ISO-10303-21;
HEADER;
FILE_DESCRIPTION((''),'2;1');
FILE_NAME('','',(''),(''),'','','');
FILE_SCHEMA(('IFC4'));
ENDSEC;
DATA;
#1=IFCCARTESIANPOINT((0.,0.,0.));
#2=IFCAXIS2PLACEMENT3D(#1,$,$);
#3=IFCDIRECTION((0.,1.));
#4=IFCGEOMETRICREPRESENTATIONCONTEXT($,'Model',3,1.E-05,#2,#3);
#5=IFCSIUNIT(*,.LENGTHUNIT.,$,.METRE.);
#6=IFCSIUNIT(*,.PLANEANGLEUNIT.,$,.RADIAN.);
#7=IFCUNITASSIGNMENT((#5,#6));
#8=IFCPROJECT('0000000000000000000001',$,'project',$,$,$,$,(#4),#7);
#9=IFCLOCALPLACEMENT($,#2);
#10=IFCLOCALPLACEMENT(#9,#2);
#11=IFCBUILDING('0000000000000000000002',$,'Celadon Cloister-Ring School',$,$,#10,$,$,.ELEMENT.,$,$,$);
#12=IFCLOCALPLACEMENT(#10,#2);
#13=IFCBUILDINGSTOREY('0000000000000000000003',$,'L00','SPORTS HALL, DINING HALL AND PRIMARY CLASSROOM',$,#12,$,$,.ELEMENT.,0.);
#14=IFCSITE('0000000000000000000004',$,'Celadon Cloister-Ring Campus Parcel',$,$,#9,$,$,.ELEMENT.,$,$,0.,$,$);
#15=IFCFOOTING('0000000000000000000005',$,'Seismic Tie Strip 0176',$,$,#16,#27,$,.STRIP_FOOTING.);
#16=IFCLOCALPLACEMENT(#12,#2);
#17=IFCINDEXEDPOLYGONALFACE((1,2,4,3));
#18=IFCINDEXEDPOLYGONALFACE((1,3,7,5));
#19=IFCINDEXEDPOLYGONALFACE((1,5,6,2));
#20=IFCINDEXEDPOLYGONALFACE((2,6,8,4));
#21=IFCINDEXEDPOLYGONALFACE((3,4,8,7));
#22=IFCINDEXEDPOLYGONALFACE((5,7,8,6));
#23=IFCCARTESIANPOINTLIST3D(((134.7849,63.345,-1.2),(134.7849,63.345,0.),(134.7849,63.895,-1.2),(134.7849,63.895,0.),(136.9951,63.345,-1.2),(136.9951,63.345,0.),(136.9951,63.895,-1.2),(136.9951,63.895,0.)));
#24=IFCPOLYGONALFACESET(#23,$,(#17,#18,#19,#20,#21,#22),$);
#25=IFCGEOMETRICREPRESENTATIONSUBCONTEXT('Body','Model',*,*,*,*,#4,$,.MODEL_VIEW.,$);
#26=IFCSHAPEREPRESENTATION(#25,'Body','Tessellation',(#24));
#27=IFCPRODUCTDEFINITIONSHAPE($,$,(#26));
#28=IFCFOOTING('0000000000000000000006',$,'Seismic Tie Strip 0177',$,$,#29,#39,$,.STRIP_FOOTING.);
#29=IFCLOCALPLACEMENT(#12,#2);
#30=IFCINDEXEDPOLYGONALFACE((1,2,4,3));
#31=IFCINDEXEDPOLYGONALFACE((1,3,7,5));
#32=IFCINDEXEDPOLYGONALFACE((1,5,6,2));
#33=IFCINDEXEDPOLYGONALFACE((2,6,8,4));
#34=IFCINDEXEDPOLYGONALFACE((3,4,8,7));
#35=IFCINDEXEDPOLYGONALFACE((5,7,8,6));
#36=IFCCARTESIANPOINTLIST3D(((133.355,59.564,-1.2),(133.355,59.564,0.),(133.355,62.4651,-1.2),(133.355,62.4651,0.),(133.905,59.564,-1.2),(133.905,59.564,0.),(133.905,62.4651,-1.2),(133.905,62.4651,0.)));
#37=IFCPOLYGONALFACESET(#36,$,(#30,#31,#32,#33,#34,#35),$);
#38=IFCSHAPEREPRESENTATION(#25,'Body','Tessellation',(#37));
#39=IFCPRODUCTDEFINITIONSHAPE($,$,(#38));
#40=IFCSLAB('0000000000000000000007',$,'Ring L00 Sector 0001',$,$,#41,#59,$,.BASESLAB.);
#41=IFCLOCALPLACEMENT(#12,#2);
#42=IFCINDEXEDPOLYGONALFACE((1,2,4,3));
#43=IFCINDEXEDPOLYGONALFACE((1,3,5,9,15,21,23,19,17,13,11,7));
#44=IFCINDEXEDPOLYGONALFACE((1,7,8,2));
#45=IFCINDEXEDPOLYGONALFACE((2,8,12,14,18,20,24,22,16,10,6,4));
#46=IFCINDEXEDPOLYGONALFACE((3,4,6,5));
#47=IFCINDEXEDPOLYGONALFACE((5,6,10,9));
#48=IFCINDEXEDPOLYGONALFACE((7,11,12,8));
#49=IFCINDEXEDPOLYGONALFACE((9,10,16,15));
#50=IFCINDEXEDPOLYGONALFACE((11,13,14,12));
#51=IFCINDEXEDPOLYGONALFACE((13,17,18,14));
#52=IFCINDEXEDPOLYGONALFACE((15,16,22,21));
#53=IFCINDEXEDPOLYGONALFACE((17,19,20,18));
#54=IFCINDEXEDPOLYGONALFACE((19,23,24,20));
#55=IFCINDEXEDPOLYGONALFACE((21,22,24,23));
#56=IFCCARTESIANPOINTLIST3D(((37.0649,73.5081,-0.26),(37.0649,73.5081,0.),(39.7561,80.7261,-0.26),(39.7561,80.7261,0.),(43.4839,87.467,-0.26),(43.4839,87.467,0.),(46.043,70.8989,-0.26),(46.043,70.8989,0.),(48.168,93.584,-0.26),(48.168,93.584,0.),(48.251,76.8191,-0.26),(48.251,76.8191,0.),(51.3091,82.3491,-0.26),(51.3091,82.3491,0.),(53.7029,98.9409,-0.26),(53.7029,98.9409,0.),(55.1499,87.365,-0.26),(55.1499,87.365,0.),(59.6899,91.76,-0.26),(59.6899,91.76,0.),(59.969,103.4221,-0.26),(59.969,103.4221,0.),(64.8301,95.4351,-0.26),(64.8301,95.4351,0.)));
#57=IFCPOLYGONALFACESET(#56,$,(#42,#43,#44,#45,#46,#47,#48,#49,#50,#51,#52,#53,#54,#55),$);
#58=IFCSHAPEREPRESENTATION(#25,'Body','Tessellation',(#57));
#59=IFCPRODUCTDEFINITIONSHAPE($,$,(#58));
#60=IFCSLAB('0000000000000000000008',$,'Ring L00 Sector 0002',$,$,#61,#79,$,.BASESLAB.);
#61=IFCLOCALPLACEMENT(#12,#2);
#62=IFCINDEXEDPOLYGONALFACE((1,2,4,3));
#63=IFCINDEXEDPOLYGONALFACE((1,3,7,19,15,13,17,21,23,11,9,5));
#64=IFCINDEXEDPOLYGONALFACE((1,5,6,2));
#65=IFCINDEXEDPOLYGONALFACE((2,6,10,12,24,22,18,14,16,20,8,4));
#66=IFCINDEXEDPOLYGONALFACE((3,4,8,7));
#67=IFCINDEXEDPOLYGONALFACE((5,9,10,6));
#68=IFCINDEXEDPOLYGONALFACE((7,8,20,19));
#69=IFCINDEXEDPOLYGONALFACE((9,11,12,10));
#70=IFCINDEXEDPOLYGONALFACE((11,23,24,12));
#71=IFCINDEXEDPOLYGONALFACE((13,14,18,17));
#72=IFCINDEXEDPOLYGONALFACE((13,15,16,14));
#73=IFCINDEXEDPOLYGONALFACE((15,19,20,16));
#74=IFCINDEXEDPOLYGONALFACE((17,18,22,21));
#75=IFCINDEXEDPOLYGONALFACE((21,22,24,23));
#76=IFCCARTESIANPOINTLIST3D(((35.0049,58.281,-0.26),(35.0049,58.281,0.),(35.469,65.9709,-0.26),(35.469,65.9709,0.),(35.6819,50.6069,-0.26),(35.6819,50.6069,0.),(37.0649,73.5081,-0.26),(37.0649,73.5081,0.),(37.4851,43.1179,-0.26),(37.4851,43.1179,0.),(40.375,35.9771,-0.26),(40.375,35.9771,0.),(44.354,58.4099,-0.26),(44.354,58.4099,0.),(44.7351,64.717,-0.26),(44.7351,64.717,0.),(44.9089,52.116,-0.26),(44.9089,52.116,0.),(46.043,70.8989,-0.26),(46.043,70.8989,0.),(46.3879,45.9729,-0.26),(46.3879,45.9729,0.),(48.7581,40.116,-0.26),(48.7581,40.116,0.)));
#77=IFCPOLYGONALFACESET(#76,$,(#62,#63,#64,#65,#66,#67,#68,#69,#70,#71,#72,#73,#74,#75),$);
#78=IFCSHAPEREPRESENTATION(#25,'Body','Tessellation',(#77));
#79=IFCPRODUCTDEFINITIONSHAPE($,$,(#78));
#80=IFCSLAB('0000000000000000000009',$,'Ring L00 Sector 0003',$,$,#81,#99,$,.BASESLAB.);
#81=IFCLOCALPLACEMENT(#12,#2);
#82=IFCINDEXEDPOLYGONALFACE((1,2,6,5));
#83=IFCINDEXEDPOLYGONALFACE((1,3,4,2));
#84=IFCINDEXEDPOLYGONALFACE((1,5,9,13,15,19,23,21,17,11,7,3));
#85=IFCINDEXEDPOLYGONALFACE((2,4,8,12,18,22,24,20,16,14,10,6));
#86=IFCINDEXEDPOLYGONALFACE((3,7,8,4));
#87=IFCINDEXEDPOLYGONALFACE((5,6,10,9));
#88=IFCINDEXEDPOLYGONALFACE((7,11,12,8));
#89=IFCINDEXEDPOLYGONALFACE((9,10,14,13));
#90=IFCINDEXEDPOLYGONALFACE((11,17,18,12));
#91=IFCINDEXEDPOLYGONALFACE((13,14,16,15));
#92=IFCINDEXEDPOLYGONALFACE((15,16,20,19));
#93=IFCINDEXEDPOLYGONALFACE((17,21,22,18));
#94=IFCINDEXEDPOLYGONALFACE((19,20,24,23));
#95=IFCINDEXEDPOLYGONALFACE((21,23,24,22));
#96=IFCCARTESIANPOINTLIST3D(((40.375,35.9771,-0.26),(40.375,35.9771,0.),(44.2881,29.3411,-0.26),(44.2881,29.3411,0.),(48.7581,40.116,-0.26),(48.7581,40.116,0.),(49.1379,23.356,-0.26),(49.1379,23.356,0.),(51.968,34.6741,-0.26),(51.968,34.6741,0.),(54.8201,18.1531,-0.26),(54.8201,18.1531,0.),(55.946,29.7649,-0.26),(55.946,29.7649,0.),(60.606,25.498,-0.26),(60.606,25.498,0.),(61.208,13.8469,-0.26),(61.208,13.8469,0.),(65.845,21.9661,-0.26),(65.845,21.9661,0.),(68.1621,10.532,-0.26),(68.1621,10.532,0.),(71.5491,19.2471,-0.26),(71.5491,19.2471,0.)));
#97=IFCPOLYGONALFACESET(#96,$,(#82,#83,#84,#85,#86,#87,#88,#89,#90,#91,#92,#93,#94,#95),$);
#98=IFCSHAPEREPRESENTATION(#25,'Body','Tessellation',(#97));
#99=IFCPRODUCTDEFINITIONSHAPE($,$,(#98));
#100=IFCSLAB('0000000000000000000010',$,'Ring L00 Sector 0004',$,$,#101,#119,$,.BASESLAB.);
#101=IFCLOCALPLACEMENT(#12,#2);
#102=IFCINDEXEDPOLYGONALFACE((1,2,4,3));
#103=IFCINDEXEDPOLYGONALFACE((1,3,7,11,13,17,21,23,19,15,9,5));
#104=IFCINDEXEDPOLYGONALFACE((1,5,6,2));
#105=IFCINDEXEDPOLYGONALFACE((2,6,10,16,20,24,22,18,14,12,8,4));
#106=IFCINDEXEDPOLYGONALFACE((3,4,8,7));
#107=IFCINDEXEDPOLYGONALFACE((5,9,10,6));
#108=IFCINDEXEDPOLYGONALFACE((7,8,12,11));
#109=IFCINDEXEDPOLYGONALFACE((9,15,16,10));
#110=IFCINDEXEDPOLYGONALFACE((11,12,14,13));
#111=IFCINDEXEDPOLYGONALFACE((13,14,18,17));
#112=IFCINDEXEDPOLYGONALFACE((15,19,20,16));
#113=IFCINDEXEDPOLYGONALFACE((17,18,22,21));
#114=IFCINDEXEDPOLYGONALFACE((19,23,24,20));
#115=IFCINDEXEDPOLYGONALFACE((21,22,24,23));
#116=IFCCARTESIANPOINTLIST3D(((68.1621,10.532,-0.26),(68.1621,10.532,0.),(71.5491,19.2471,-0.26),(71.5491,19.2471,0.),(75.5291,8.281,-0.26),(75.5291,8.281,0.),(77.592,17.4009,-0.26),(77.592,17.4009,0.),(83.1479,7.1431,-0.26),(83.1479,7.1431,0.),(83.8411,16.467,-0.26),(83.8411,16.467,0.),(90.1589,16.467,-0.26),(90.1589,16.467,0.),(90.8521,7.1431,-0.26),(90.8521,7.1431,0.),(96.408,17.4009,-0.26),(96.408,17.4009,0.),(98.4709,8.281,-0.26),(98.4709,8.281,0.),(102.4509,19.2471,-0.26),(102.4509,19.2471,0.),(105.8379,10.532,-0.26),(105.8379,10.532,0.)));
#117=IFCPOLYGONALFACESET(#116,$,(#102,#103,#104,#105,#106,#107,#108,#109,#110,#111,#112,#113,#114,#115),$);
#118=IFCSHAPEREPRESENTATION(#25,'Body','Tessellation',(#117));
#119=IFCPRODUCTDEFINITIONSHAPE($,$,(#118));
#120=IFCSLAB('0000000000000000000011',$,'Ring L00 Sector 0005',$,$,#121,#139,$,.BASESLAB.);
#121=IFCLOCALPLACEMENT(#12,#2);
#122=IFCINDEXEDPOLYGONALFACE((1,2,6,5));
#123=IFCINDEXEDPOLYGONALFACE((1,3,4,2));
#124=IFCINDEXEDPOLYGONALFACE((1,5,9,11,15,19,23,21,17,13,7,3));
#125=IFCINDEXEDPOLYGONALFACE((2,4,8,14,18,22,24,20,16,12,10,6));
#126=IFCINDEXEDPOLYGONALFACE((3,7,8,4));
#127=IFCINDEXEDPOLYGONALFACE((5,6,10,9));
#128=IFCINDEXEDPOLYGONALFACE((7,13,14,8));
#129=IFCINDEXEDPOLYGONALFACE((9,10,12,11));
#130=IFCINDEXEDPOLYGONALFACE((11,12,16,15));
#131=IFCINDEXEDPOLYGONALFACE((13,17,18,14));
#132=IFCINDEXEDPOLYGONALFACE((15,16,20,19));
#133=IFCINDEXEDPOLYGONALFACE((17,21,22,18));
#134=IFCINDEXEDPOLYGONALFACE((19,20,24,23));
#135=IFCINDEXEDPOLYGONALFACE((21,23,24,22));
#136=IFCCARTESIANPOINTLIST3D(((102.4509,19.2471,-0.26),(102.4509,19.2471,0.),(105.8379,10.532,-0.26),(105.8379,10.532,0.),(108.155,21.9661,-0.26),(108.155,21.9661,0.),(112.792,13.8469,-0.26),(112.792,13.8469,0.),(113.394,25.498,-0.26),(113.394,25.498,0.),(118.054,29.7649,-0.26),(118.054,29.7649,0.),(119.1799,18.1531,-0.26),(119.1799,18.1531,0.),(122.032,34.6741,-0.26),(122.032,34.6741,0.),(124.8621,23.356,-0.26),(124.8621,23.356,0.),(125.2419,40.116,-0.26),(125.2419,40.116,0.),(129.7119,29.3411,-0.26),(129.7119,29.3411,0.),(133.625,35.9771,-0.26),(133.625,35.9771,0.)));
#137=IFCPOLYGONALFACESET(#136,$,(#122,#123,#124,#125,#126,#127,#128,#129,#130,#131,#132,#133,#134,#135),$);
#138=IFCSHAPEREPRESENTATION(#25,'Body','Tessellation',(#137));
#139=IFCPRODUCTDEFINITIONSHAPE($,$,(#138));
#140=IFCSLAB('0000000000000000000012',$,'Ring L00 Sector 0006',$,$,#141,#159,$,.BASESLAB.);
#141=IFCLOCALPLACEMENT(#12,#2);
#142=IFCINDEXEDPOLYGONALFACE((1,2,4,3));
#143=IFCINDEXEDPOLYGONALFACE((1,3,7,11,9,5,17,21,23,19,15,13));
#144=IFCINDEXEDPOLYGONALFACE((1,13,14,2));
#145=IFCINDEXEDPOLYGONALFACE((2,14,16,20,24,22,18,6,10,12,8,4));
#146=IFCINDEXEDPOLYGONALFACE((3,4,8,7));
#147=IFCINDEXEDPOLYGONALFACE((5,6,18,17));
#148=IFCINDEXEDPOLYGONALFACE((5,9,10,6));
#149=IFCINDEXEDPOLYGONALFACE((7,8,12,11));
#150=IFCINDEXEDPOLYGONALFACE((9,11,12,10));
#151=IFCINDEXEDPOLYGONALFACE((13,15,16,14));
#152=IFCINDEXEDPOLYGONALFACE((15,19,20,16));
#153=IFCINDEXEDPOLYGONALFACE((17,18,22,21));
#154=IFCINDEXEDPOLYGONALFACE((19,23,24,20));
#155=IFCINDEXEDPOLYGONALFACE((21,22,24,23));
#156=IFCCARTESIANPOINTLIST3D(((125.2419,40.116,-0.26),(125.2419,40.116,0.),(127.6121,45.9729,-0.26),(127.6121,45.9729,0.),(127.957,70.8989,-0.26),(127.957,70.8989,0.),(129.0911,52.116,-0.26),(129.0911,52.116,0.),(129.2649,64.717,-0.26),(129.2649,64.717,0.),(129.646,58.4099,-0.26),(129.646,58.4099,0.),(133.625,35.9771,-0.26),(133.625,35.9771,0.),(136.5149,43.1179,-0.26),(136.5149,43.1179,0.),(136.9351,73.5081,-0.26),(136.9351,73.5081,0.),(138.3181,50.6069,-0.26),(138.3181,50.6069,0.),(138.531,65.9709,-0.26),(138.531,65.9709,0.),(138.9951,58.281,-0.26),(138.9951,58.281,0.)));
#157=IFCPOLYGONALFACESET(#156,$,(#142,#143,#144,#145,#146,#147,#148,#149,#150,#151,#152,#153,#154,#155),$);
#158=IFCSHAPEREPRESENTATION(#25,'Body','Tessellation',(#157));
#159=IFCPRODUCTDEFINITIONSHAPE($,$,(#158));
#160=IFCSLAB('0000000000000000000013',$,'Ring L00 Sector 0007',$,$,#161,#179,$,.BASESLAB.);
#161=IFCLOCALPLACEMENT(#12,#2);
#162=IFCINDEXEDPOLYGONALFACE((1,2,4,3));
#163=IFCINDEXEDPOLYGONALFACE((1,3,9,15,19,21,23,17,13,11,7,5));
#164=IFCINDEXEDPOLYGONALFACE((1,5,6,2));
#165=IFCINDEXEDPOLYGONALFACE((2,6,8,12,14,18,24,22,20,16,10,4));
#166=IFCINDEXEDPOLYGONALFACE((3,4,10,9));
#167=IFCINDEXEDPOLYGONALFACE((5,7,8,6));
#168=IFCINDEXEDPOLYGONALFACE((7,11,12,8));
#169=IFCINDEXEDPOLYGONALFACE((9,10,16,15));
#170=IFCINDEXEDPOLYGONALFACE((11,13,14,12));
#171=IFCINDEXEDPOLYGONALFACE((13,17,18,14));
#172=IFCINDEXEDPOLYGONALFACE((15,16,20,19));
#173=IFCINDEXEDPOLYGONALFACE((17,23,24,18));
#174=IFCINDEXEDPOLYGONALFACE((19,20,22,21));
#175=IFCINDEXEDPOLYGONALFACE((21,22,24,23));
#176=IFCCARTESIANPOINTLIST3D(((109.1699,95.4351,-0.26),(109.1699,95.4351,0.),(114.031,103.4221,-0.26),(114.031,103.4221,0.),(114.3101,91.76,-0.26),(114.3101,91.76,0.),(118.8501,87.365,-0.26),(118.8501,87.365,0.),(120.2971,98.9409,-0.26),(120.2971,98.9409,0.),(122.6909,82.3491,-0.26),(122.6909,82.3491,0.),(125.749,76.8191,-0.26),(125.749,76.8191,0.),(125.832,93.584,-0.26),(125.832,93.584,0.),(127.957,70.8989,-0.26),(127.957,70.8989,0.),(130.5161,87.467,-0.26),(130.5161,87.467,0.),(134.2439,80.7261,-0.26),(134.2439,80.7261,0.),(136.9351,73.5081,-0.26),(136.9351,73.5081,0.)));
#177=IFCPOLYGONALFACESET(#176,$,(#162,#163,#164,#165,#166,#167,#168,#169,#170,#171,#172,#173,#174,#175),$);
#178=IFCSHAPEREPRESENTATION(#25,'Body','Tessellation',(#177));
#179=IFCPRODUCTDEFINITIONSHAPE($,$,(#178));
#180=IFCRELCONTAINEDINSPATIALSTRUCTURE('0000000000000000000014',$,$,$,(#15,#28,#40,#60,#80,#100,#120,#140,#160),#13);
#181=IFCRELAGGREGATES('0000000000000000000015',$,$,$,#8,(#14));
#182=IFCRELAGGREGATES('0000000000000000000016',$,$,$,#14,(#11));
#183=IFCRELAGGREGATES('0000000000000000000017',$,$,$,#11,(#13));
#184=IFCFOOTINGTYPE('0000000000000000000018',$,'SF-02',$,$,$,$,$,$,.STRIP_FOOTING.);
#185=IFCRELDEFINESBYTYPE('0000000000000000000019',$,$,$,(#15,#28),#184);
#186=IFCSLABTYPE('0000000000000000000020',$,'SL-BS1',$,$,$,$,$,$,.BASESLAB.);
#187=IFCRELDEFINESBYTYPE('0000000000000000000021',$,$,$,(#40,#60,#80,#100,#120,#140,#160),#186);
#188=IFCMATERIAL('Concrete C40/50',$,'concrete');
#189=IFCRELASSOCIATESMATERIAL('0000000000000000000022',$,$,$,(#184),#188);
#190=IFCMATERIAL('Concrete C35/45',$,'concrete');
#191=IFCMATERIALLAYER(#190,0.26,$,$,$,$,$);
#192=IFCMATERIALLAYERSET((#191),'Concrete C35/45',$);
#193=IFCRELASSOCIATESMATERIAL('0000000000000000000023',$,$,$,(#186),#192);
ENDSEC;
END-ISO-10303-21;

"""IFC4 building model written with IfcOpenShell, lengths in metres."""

from ifc_helpers import new_model, si_unit, direction, frame, origin, place, context, subcontext, project, spatial, polyline, outline, extrude, material, layer, layer_set, type_object, element, save


model = new_model("IFC4")

# Units and contexts
model_context = context("Model", 3, precision=1e-05, world=origin(), true_north=direction((0.0, 1.0)))
body_context = subcontext(model_context, "Body", "Model", "MODEL_VIEW")
ifc_project = project(units=[si_unit("LENGTHUNIT", "METRE"), si_unit("PLANEANGLEUNIT", "RADIAN")], contexts=[model_context])

# Site, building, storey
site_placement = place(None, origin())
site = spatial("IfcSite", under=ifc_project, at=site_placement, Name="Celadon Cloister-Ring Campus Parcel", CompositionType="ELEMENT", RefElevation=0.0)
building_placement = place(site_placement, origin())
building = spatial("IfcBuilding", under=site, at=building_placement, Name="Celadon Cloister-Ring School", CompositionType="ELEMENT")
storey_placement = place(building_placement, origin())
storey = spatial("IfcBuildingStorey", under=building, at=storey_placement, Name="L00", Description="SPORTS HALL, DINING HALL AND PRIMARY CLASSROOM", CompositionType="ELEMENT", Elevation=0.0)

# Footings
ifc_material_1 = material(Name="Concrete C40/50", Category="concrete")
footing_type_1 = type_object("IfcFootingType", Name="SF-02", PredefinedType="STRIP_FOOTING", material=ifc_material_1)
footing_1_placement = place(storey_placement, frame((0.0, 0.0, -1.2)))
element("IfcFooting", 1, at=footing_1_placement, inside=storey, type_object=footing_type_1, Name="Seismic Tie Strip 0176", PredefinedType="STRIP_FOOTING", context=body_context, shape_type="SweptSolid", body=[
    extrude(outline(polyline([(136.9951, 63.895), (134.7849, 63.895), (134.7849, 63.345), (136.9951, 63.345), (136.9951, 63.895)])), origin(), (0.0, 0.0, 1.0), 1.2),
])
footing_2_placement = place(storey_placement, frame((0.0, 0.0, -1.2)))
element("IfcFooting", 2, at=footing_2_placement, inside=storey, type_object=footing_type_1, Name="Seismic Tie Strip 0177", PredefinedType="STRIP_FOOTING", context=body_context, shape_type="SweptSolid", body=[
    extrude(outline(polyline([(133.355, 62.4651), (133.355, 59.564), (133.905, 59.564), (133.905, 62.4651), (133.355, 62.4651)])), origin(), (0.0, 0.0, 1.0), 1.2),
])

# Slabs
ifc_material_2 = material(Name="Concrete C35/45", Category="concrete")
ifc_layer_1 = layer(ifc_material_2, 0.26)
ifc_layer_set_1 = layer_set([ifc_layer_1], Name="Concrete C35/45")
slab_type_1 = type_object("IfcSlabType", Name="SL-BS1", PredefinedType="BASESLAB", material=ifc_layer_set_1)
slab_1_placement = place(storey_placement, frame((0.0, 0.0, -0.26)))
element("IfcSlab", 3, at=slab_1_placement, inside=storey, type_object=slab_type_1, Name="Ring L00 Sector 0001", PredefinedType="BASESLAB", context=body_context, shape_type="SweptSolid", body=[
    extrude(outline(polyline([(59.969, 103.4221), (53.7029, 98.9409), (48.168, 93.584), (43.4839, 87.467), (39.7561, 80.7261), (37.0649, 73.5081), (46.043, 70.8989), (48.251, 76.8191), (51.3091, 82.3491), (55.1499, 87.365), (59.6899, 91.76), (64.8301, 95.4351), (59.969, 103.4221)])), origin(), (0.0, 0.0, 1.0), 0.26),
])
slab_2_placement = place(storey_placement, frame((0.0, 0.0, -0.26)))
element("IfcSlab", 4, at=slab_2_placement, inside=storey, type_object=slab_type_1, Name="Ring L00 Sector 0002", PredefinedType="BASESLAB", context=body_context, shape_type="SweptSolid", body=[
    extrude(outline(polyline([(37.0649, 73.5081), (35.469, 65.9709), (35.0049, 58.281), (35.6819, 50.6069), (37.4851, 43.1179), (40.375, 35.9771), (48.7581, 40.116), (46.3879, 45.9729), (44.9089, 52.116), (44.354, 58.4099), (44.7351, 64.717), (46.043, 70.8989), (37.0649, 73.5081)])), origin(), (0.0, 0.0, 1.0), 0.26),
])
slab_3_placement = place(storey_placement, frame((0.0, 0.0, -0.26)))
element("IfcSlab", 5, at=slab_3_placement, inside=storey, type_object=slab_type_1, Name="Ring L00 Sector 0003", PredefinedType="BASESLAB", context=body_context, shape_type="SweptSolid", body=[
    extrude(outline(polyline([(40.375, 35.9771), (44.2881, 29.3411), (49.1379, 23.356), (54.8201, 18.1531), (61.208, 13.8469), (68.1621, 10.532), (71.5491, 19.2471), (65.845, 21.9661), (60.606, 25.498), (55.946, 29.7649), (51.968, 34.6741), (48.7581, 40.116), (40.375, 35.9771)])), origin(), (0.0, 0.0, 1.0), 0.26),
])
slab_4_placement = place(storey_placement, frame((0.0, 0.0, -0.26)))
element("IfcSlab", 6, at=slab_4_placement, inside=storey, type_object=slab_type_1, Name="Ring L00 Sector 0004", PredefinedType="BASESLAB", context=body_context, shape_type="SweptSolid", body=[
    extrude(outline(polyline([(68.1621, 10.532), (75.5291, 8.281), (83.1479, 7.1431), (90.8521, 7.1431), (98.4709, 8.281), (105.8379, 10.532), (102.4509, 19.2471), (96.408, 17.4009), (90.1589, 16.467), (83.8411, 16.467), (77.592, 17.4009), (71.5491, 19.2471), (68.1621, 10.532)])), origin(), (0.0, 0.0, 1.0), 0.26),
])
slab_5_placement = place(storey_placement, frame((0.0, 0.0, -0.26)))
element("IfcSlab", 7, at=slab_5_placement, inside=storey, type_object=slab_type_1, Name="Ring L00 Sector 0005", PredefinedType="BASESLAB", context=body_context, shape_type="SweptSolid", body=[
    extrude(outline(polyline([(105.8379, 10.532), (112.792, 13.8469), (119.1799, 18.1531), (124.8621, 23.356), (129.7119, 29.3411), (133.625, 35.9771), (125.2419, 40.116), (122.032, 34.6741), (118.054, 29.7649), (113.394, 25.498), (108.155, 21.9661), (102.4509, 19.2471), (105.8379, 10.532)])), origin(), (0.0, 0.0, 1.0), 0.26),
])
slab_6_placement = place(storey_placement, frame((0.0, 0.0, -0.26)))
element("IfcSlab", 8, at=slab_6_placement, inside=storey, type_object=slab_type_1, Name="Ring L00 Sector 0006", PredefinedType="BASESLAB", context=body_context, shape_type="SweptSolid", body=[
    extrude(outline(polyline([(133.625, 35.9771), (136.5149, 43.1179), (138.3181, 50.6069), (138.9951, 58.281), (138.531, 65.9709), (136.9351, 73.5081), (127.957, 70.8989), (129.2649, 64.717), (129.646, 58.4099), (129.0911, 52.116), (127.6121, 45.9729), (125.2419, 40.116), (133.625, 35.9771)])), origin(), (0.0, 0.0, 1.0), 0.26),
])
slab_7_placement = place(storey_placement, frame((0.0, 0.0, -0.26)))
element("IfcSlab", 9, at=slab_7_placement, inside=storey, type_object=slab_type_1, Name="Ring L00 Sector 0007", PredefinedType="BASESLAB", context=body_context, shape_type="SweptSolid", body=[
    extrude(outline(polyline([(136.9351, 73.5081), (134.2439, 80.7261), (130.5161, 87.467), (125.832, 93.584), (120.2971, 98.9409), (114.031, 103.4221), (109.1699, 95.4351), (114.3101, 91.76), (118.8501, 87.365), (122.6909, 82.3491), (125.749, 76.8191), (127.957, 70.8989), (136.9351, 73.5081)])), origin(), (0.0, 0.0, 1.0), 0.26),
])

save(model, "model.ifc")
